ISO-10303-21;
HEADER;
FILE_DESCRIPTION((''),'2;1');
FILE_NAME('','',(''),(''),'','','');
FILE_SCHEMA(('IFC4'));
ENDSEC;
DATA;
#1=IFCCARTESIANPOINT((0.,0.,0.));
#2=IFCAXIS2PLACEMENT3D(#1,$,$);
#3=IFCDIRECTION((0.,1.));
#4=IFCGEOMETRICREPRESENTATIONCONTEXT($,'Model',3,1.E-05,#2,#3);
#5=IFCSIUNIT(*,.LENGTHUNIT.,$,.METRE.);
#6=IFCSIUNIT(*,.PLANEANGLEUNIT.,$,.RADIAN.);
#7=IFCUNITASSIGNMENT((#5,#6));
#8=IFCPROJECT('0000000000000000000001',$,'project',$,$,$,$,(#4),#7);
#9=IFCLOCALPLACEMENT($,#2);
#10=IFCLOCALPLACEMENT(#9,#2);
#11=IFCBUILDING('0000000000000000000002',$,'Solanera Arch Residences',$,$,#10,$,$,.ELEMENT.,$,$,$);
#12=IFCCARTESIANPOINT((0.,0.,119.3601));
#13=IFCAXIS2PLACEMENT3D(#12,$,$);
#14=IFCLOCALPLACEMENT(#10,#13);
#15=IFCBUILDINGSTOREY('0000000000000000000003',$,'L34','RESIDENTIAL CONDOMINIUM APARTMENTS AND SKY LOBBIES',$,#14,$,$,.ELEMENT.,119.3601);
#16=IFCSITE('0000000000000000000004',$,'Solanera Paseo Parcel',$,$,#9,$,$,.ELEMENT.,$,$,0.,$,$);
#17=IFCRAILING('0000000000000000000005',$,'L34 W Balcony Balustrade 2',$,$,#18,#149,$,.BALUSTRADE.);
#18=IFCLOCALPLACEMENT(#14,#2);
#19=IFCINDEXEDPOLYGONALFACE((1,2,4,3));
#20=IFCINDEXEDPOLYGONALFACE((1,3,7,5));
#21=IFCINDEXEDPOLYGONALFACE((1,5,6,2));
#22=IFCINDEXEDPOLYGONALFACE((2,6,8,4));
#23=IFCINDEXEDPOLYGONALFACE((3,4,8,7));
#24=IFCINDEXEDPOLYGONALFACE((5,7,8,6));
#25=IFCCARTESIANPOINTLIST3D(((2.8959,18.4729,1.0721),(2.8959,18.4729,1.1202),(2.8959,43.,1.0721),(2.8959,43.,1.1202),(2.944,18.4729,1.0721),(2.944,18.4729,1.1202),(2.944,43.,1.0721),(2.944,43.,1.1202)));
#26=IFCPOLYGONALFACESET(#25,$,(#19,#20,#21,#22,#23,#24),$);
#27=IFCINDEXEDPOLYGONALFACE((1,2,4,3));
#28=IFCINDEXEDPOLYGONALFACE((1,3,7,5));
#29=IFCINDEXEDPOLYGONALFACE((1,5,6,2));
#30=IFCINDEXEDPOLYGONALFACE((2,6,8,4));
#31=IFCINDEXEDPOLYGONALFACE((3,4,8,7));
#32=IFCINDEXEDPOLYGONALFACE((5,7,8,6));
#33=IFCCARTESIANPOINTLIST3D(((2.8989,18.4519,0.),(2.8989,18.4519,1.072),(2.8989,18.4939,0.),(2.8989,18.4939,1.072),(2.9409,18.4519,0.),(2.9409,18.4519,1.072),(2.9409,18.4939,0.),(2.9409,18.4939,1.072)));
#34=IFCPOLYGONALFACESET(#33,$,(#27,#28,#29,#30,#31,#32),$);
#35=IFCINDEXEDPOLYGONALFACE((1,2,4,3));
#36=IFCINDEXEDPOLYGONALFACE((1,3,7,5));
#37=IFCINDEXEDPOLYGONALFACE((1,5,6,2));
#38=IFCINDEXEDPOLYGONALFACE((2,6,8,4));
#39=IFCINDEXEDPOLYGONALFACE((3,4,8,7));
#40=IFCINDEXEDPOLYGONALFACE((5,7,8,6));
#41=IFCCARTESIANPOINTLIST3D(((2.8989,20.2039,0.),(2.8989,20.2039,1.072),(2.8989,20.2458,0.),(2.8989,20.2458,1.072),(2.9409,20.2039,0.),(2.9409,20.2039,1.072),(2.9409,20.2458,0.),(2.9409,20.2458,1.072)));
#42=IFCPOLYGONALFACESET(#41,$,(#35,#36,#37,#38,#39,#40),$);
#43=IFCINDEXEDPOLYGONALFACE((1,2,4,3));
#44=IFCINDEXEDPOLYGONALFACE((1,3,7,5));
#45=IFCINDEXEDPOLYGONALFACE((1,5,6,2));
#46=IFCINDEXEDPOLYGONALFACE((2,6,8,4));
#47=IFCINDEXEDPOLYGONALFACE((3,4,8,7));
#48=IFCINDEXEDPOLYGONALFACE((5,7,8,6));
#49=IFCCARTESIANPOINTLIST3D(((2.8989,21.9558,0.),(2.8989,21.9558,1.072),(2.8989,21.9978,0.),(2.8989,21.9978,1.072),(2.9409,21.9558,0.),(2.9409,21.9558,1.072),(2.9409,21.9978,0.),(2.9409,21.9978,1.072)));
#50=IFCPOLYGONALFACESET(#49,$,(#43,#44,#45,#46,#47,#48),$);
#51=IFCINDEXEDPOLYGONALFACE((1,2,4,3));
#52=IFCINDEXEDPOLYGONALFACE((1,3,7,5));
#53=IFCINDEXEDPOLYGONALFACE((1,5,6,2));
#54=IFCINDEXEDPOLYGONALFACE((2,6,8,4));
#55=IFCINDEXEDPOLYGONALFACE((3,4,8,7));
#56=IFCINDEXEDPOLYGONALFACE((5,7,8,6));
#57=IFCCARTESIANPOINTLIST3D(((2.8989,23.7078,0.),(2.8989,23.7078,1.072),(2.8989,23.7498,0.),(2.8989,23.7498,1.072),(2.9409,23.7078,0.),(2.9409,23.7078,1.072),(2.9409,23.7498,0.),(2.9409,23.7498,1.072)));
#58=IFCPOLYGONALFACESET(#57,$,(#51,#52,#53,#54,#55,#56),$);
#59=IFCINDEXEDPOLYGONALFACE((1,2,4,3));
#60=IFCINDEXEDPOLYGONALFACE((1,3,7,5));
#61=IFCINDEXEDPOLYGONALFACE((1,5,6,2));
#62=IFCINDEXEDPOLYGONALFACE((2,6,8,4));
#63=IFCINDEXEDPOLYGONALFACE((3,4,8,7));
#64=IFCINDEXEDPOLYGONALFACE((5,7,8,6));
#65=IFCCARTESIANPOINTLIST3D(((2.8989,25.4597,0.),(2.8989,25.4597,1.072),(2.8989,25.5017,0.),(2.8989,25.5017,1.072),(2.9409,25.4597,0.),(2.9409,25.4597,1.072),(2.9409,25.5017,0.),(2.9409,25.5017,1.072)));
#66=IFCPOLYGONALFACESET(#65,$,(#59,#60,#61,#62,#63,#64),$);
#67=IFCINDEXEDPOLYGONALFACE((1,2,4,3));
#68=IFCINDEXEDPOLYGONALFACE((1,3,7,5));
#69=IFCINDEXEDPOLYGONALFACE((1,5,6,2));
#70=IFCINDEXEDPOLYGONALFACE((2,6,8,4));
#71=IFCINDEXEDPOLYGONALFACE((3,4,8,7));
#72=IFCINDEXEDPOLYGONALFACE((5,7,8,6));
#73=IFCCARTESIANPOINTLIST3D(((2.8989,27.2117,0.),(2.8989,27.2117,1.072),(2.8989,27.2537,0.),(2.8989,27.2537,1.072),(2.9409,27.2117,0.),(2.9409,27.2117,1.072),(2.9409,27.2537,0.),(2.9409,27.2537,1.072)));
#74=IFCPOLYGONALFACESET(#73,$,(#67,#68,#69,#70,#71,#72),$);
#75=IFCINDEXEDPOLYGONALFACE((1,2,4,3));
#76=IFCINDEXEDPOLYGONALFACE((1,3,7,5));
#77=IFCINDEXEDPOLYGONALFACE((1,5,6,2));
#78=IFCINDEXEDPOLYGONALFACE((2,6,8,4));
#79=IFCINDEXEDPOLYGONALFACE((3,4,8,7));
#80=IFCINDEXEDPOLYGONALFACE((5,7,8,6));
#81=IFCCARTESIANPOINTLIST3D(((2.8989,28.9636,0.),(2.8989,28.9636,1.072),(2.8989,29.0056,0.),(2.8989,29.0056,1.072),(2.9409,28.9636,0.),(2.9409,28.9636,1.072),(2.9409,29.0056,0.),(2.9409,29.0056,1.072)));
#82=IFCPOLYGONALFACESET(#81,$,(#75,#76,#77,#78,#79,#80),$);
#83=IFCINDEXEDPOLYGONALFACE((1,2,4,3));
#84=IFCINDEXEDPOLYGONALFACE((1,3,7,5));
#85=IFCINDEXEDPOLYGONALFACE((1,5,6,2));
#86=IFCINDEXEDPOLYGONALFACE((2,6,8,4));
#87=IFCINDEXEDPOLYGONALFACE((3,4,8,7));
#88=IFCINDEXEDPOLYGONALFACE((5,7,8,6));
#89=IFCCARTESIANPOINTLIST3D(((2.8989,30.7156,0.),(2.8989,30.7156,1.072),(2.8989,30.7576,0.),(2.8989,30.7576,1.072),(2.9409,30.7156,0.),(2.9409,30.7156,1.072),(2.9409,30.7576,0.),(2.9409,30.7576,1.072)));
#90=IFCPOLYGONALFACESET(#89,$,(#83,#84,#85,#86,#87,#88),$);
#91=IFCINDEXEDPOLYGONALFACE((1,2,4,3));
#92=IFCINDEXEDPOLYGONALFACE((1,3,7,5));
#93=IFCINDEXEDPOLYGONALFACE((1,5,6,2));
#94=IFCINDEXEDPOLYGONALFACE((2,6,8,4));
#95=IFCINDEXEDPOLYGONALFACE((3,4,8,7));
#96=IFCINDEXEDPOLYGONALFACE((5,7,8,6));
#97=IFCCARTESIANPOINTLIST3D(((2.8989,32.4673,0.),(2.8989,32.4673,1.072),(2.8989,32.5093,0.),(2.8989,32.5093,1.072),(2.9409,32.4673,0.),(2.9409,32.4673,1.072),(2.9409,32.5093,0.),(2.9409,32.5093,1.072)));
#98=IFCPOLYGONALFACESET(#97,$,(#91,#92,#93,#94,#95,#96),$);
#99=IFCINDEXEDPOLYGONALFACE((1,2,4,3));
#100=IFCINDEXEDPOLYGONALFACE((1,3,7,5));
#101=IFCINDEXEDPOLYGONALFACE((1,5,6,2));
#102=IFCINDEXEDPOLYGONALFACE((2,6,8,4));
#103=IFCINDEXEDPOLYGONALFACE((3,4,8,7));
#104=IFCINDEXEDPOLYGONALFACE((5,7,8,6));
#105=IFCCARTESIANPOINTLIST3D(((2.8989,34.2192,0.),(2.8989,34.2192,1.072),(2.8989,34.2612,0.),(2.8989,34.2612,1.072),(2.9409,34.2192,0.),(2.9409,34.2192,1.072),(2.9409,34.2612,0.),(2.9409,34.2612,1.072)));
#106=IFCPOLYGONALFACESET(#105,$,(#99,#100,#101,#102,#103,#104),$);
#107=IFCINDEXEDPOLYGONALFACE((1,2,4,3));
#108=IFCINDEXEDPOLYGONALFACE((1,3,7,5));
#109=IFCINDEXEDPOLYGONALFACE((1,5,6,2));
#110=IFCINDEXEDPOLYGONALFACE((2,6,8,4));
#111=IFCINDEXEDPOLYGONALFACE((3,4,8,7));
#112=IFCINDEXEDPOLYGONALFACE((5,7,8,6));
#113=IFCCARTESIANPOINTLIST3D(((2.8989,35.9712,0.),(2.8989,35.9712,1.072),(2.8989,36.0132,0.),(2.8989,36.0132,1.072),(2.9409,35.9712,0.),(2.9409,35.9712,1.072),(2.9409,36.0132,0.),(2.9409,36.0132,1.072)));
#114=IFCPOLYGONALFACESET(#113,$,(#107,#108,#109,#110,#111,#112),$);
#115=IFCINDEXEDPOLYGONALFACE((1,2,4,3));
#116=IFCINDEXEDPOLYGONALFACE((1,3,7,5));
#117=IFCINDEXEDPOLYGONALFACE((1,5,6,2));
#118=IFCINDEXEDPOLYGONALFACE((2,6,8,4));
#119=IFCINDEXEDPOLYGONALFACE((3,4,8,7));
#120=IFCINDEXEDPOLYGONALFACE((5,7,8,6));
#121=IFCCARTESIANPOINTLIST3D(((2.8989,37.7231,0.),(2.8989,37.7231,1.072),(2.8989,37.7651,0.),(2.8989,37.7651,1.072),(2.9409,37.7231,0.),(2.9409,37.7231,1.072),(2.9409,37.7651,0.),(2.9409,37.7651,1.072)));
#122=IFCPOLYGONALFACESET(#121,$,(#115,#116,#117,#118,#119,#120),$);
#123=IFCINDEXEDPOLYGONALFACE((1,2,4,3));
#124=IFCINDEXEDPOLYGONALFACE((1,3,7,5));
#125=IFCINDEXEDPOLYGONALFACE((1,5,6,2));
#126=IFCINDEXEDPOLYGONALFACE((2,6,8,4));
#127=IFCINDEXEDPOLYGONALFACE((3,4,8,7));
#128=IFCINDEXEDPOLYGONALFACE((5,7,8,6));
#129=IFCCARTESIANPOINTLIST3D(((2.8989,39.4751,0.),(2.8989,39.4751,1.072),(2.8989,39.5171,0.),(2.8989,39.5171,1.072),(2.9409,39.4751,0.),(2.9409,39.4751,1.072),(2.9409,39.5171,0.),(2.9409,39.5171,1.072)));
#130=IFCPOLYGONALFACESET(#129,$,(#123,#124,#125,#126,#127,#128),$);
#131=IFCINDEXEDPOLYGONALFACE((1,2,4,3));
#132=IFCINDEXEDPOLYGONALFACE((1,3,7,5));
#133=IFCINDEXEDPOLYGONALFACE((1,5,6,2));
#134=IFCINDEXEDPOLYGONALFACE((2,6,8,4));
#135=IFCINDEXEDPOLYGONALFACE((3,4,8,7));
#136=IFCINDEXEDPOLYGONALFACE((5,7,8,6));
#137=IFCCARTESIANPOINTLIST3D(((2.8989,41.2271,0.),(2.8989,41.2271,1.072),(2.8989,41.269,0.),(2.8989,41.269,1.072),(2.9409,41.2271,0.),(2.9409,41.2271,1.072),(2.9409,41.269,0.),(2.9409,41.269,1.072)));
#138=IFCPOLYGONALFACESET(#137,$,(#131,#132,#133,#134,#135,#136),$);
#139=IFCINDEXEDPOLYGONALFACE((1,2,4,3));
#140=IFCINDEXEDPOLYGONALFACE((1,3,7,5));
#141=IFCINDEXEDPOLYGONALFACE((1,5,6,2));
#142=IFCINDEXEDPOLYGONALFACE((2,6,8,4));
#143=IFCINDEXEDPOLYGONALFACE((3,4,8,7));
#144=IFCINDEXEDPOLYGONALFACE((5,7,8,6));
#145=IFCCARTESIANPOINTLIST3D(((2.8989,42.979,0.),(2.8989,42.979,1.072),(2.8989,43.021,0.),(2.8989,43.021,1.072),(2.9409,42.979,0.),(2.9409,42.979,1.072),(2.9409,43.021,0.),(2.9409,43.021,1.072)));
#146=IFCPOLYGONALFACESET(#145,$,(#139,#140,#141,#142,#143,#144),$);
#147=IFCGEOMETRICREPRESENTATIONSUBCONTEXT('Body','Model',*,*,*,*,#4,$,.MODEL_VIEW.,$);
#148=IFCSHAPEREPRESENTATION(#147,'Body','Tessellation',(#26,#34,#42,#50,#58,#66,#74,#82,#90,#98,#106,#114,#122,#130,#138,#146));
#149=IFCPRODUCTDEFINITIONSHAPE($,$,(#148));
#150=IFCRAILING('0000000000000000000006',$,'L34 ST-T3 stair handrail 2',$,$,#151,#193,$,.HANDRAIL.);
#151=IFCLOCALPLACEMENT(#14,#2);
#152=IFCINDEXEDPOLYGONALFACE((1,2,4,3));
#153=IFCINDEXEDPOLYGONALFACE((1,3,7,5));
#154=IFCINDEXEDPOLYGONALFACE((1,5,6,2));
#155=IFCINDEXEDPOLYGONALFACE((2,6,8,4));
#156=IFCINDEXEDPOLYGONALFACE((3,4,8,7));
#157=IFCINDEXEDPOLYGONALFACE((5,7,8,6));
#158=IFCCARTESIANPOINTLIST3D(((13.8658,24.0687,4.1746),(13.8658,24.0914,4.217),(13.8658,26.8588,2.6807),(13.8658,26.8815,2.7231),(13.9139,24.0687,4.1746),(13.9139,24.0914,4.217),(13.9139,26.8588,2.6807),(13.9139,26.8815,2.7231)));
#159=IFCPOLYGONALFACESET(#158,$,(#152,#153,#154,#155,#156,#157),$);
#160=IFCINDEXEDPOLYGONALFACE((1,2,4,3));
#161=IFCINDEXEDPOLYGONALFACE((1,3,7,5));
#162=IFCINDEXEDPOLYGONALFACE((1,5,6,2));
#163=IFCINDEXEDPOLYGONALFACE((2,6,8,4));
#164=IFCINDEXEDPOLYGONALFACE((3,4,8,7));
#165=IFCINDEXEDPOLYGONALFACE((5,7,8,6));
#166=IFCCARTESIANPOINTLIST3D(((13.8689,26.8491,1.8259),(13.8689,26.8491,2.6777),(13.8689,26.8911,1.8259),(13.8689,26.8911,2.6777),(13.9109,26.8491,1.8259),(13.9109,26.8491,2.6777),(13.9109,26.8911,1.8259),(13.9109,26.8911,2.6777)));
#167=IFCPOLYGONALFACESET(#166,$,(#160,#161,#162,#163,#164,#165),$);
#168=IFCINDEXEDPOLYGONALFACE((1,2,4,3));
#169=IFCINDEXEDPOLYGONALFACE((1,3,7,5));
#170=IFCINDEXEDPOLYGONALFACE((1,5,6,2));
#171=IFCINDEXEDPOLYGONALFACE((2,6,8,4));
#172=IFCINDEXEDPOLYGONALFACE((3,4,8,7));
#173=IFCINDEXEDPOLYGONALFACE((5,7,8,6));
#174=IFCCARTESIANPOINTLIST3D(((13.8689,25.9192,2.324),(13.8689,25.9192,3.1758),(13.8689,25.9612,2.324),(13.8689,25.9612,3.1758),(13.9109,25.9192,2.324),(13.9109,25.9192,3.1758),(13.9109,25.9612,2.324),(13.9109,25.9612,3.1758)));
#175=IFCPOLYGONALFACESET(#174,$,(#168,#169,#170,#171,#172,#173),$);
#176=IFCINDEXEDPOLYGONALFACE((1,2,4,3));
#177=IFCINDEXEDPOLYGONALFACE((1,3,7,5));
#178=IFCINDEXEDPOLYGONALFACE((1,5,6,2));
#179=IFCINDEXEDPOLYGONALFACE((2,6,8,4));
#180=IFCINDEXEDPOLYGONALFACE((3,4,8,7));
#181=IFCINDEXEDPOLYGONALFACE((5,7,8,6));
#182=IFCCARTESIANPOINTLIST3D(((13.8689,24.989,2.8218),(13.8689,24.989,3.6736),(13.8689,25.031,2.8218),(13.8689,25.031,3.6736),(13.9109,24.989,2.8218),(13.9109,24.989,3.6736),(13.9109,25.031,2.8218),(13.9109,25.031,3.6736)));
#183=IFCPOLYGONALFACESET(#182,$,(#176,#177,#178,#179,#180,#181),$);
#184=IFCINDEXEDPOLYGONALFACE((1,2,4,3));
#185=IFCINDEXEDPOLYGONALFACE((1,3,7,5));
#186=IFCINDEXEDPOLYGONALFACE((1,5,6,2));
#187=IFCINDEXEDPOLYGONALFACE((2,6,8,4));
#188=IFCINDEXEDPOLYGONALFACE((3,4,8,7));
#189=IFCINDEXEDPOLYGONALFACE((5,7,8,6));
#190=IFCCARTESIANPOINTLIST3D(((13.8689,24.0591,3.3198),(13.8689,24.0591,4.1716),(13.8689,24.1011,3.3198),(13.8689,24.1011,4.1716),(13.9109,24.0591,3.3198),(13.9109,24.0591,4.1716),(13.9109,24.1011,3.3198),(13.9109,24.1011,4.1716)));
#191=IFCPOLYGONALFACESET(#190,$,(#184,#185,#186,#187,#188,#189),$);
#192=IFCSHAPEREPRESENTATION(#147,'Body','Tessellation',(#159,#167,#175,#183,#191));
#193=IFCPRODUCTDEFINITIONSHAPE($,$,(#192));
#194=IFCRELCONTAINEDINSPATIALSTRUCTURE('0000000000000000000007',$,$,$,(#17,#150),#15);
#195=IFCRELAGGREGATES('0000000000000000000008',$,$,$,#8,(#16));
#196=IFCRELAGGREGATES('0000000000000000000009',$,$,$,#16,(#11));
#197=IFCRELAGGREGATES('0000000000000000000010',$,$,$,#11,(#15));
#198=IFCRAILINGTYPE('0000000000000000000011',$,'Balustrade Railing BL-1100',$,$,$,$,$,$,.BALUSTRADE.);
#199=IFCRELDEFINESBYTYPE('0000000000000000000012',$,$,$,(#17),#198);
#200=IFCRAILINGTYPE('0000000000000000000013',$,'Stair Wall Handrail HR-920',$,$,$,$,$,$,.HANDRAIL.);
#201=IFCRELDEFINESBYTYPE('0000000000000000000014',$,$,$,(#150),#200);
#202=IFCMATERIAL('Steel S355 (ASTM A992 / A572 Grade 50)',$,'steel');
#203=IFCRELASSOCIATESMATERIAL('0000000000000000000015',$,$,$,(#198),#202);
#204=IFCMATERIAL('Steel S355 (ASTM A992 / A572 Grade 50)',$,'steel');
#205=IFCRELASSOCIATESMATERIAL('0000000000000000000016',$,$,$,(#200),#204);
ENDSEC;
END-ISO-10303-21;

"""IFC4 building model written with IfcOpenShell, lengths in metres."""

from ifc_helpers import new_model, si_unit, direction, frame, origin, origin_2d, place, context, subcontext, project, spatial, rectangle, extrude, material, type_object, element, save


model = new_model("IFC4")

# Units and contexts
model_context = context("Model", 3, precision=1e-05, world=origin(), true_north=direction((0.0, 1.0)))
body_context = subcontext(model_context, "Body", "Model", "MODEL_VIEW")
ifc_project = project(units=[si_unit("LENGTHUNIT", "METRE"), si_unit("PLANEANGLEUNIT", "RADIAN")], contexts=[model_context])

# Site, building, storey
site_placement = place(None, origin())
site = spatial("IfcSite", under=ifc_project, at=site_placement, Name="Solanera Paseo Parcel", CompositionType="ELEMENT", RefElevation=0.0)
building_placement = place(site_placement, origin())
building = spatial("IfcBuilding", under=site, at=building_placement, Name="Solanera Arch Residences", CompositionType="ELEMENT")
storey_placement = place(building_placement, frame((0.0, 0.0, 119.3601)))
storey = spatial("IfcBuildingStorey", under=building, at=storey_placement, Name="L34", Description="RESIDENTIAL CONDOMINIUM APARTMENTS AND SKY LOBBIES", CompositionType="ELEMENT", Elevation=119.3601)

# Railings
ifc_material_1 = material(Name="Steel S355 (ASTM A992 / A572 Grade 50)", Category="steel")
railing_type_1 = type_object("IfcRailingType", Name="Balustrade Railing BL-1100", PredefinedType="BALUSTRADE", material=ifc_material_1)
railing_1_placement = place(storey_placement, frame((2.9199, 18.4729, 0.0)))
element("IfcRailing", 1, at=railing_1_placement, inside=storey, type_object=railing_type_1, Name="L34 W Balcony Balustrade 2", PredefinedType="BALUSTRADE", context=body_context, shape_type="SweptSolid", body=[
    extrude(rectangle(XDim=0.0481, YDim=0.0481, at=origin_2d()), frame((0.0, 0.0, 1.0962), z_axis=(0.0, 1.0, 0.0), x_axis=(-1.0, 0.0, 0.0)), (0.0, 0.0, 1.0), 24.5271),
    extrude(rectangle(XDim=0.042, YDim=0.042, at=origin_2d()), origin(), (0.0, 0.0, 1.0), 1.072),
    extrude(rectangle(XDim=0.042, YDim=0.042, at=origin_2d()), frame((0.0, 1.752, 0.0)), (0.0, 0.0, 1.0), 1.072),
    extrude(rectangle(XDim=0.042, YDim=0.042, at=origin_2d()), frame((0.0, 3.5039, 0.0)), (0.0, 0.0, 1.0), 1.072),
    extrude(rectangle(XDim=0.042, YDim=0.042, at=origin_2d()), frame((0.0, 5.2559, 0.0)), (0.0, 0.0, 1.0), 1.072),
    extrude(rectangle(XDim=0.042, YDim=0.042, at=origin_2d()), frame((0.0, 7.0078, 0.0)), (0.0, 0.0, 1.0), 1.072),
    extrude(rectangle(XDim=0.042, YDim=0.042, at=origin_2d()), frame((0.0, 8.7598, 0.0)), (0.0, 0.0, 1.0), 1.072),
    extrude(rectangle(XDim=0.042, YDim=0.042, at=origin_2d()), frame((0.0, 10.5117, 0.0)), (0.0, 0.0, 1.0), 1.072),
    extrude(rectangle(XDim=0.042, YDim=0.042, at=origin_2d()), frame((0.0, 12.2637, 0.0)), (0.0, 0.0, 1.0), 1.072),
    extrude(rectangle(XDim=0.042, YDim=0.042, at=origin_2d()), frame((0.0, 14.0154, 0.0)), (0.0, 0.0, 1.0), 1.072),
    extrude(rectangle(XDim=0.042, YDim=0.042, at=origin_2d()), frame((0.0, 15.7673, 0.0)), (0.0, 0.0, 1.0), 1.072),
    extrude(rectangle(XDim=0.042, YDim=0.042, at=origin_2d()), frame((0.0, 17.5193, 0.0)), (0.0, 0.0, 1.0), 1.072),
    extrude(rectangle(XDim=0.042, YDim=0.042, at=origin_2d()), frame((0.0, 19.2712, 0.0)), (0.0, 0.0, 1.0), 1.072),
    extrude(rectangle(XDim=0.042, YDim=0.042, at=origin_2d()), frame((0.0, 21.0232, 0.0)), (0.0, 0.0, 1.0), 1.072),
    extrude(rectangle(XDim=0.042, YDim=0.042, at=origin_2d()), frame((0.0, 22.7751, 0.0)), (0.0, 0.0, 1.0), 1.072),
    extrude(rectangle(XDim=0.042, YDim=0.042, at=origin_2d()), frame((0.0, 24.5271, 0.0)), (0.0, 0.0, 1.0), 1.072),
])
ifc_material_2 = material(Name="Steel S355 (ASTM A992 / A572 Grade 50)", Category="steel")
railing_type_2 = type_object("IfcRailingType", Name="Stair Wall Handrail HR-920", PredefinedType="HANDRAIL", material=ifc_material_2)
railing_2_placement = place(storey_placement, frame((13.8899, 26.8701, 1.8259)))
element("IfcRailing", 2, at=railing_2_placement, inside=storey, type_object=railing_type_2, Name="L34 ST-T3 stair handrail 2", PredefinedType="HANDRAIL", context=body_context, shape_type="SweptSolid", body=[
    extrude(rectangle(XDim=0.0481, YDim=0.0481, at=origin_2d()), frame((0.0, 0.0, 0.876), z_axis=(0.0, -0.881581, 0.472033), x_axis=(1.0, 0.0, 0.0)), (0.0, 0.0, 1.0), 3.1648),
    extrude(rectangle(XDim=0.042, YDim=0.042, at=origin_2d()), origin(), (0.0, 0.0, 1.0), 0.8518),
    extrude(rectangle(XDim=0.042, YDim=0.042, at=origin_2d()), frame((0.0, -0.9299, 0.498)), (0.0, 0.0, 1.0), 0.8518),
    extrude(rectangle(XDim=0.042, YDim=0.042, at=origin_2d()), frame((0.0, -1.8601, 0.9958)), (0.0, 0.0, 1.0), 0.8518),
    extrude(rectangle(XDim=0.042, YDim=0.042, at=origin_2d()), frame((0.0, -2.79, 1.4939)), (0.0, 0.0, 1.0), 0.8518),
])

save(model, "model.ifc")
